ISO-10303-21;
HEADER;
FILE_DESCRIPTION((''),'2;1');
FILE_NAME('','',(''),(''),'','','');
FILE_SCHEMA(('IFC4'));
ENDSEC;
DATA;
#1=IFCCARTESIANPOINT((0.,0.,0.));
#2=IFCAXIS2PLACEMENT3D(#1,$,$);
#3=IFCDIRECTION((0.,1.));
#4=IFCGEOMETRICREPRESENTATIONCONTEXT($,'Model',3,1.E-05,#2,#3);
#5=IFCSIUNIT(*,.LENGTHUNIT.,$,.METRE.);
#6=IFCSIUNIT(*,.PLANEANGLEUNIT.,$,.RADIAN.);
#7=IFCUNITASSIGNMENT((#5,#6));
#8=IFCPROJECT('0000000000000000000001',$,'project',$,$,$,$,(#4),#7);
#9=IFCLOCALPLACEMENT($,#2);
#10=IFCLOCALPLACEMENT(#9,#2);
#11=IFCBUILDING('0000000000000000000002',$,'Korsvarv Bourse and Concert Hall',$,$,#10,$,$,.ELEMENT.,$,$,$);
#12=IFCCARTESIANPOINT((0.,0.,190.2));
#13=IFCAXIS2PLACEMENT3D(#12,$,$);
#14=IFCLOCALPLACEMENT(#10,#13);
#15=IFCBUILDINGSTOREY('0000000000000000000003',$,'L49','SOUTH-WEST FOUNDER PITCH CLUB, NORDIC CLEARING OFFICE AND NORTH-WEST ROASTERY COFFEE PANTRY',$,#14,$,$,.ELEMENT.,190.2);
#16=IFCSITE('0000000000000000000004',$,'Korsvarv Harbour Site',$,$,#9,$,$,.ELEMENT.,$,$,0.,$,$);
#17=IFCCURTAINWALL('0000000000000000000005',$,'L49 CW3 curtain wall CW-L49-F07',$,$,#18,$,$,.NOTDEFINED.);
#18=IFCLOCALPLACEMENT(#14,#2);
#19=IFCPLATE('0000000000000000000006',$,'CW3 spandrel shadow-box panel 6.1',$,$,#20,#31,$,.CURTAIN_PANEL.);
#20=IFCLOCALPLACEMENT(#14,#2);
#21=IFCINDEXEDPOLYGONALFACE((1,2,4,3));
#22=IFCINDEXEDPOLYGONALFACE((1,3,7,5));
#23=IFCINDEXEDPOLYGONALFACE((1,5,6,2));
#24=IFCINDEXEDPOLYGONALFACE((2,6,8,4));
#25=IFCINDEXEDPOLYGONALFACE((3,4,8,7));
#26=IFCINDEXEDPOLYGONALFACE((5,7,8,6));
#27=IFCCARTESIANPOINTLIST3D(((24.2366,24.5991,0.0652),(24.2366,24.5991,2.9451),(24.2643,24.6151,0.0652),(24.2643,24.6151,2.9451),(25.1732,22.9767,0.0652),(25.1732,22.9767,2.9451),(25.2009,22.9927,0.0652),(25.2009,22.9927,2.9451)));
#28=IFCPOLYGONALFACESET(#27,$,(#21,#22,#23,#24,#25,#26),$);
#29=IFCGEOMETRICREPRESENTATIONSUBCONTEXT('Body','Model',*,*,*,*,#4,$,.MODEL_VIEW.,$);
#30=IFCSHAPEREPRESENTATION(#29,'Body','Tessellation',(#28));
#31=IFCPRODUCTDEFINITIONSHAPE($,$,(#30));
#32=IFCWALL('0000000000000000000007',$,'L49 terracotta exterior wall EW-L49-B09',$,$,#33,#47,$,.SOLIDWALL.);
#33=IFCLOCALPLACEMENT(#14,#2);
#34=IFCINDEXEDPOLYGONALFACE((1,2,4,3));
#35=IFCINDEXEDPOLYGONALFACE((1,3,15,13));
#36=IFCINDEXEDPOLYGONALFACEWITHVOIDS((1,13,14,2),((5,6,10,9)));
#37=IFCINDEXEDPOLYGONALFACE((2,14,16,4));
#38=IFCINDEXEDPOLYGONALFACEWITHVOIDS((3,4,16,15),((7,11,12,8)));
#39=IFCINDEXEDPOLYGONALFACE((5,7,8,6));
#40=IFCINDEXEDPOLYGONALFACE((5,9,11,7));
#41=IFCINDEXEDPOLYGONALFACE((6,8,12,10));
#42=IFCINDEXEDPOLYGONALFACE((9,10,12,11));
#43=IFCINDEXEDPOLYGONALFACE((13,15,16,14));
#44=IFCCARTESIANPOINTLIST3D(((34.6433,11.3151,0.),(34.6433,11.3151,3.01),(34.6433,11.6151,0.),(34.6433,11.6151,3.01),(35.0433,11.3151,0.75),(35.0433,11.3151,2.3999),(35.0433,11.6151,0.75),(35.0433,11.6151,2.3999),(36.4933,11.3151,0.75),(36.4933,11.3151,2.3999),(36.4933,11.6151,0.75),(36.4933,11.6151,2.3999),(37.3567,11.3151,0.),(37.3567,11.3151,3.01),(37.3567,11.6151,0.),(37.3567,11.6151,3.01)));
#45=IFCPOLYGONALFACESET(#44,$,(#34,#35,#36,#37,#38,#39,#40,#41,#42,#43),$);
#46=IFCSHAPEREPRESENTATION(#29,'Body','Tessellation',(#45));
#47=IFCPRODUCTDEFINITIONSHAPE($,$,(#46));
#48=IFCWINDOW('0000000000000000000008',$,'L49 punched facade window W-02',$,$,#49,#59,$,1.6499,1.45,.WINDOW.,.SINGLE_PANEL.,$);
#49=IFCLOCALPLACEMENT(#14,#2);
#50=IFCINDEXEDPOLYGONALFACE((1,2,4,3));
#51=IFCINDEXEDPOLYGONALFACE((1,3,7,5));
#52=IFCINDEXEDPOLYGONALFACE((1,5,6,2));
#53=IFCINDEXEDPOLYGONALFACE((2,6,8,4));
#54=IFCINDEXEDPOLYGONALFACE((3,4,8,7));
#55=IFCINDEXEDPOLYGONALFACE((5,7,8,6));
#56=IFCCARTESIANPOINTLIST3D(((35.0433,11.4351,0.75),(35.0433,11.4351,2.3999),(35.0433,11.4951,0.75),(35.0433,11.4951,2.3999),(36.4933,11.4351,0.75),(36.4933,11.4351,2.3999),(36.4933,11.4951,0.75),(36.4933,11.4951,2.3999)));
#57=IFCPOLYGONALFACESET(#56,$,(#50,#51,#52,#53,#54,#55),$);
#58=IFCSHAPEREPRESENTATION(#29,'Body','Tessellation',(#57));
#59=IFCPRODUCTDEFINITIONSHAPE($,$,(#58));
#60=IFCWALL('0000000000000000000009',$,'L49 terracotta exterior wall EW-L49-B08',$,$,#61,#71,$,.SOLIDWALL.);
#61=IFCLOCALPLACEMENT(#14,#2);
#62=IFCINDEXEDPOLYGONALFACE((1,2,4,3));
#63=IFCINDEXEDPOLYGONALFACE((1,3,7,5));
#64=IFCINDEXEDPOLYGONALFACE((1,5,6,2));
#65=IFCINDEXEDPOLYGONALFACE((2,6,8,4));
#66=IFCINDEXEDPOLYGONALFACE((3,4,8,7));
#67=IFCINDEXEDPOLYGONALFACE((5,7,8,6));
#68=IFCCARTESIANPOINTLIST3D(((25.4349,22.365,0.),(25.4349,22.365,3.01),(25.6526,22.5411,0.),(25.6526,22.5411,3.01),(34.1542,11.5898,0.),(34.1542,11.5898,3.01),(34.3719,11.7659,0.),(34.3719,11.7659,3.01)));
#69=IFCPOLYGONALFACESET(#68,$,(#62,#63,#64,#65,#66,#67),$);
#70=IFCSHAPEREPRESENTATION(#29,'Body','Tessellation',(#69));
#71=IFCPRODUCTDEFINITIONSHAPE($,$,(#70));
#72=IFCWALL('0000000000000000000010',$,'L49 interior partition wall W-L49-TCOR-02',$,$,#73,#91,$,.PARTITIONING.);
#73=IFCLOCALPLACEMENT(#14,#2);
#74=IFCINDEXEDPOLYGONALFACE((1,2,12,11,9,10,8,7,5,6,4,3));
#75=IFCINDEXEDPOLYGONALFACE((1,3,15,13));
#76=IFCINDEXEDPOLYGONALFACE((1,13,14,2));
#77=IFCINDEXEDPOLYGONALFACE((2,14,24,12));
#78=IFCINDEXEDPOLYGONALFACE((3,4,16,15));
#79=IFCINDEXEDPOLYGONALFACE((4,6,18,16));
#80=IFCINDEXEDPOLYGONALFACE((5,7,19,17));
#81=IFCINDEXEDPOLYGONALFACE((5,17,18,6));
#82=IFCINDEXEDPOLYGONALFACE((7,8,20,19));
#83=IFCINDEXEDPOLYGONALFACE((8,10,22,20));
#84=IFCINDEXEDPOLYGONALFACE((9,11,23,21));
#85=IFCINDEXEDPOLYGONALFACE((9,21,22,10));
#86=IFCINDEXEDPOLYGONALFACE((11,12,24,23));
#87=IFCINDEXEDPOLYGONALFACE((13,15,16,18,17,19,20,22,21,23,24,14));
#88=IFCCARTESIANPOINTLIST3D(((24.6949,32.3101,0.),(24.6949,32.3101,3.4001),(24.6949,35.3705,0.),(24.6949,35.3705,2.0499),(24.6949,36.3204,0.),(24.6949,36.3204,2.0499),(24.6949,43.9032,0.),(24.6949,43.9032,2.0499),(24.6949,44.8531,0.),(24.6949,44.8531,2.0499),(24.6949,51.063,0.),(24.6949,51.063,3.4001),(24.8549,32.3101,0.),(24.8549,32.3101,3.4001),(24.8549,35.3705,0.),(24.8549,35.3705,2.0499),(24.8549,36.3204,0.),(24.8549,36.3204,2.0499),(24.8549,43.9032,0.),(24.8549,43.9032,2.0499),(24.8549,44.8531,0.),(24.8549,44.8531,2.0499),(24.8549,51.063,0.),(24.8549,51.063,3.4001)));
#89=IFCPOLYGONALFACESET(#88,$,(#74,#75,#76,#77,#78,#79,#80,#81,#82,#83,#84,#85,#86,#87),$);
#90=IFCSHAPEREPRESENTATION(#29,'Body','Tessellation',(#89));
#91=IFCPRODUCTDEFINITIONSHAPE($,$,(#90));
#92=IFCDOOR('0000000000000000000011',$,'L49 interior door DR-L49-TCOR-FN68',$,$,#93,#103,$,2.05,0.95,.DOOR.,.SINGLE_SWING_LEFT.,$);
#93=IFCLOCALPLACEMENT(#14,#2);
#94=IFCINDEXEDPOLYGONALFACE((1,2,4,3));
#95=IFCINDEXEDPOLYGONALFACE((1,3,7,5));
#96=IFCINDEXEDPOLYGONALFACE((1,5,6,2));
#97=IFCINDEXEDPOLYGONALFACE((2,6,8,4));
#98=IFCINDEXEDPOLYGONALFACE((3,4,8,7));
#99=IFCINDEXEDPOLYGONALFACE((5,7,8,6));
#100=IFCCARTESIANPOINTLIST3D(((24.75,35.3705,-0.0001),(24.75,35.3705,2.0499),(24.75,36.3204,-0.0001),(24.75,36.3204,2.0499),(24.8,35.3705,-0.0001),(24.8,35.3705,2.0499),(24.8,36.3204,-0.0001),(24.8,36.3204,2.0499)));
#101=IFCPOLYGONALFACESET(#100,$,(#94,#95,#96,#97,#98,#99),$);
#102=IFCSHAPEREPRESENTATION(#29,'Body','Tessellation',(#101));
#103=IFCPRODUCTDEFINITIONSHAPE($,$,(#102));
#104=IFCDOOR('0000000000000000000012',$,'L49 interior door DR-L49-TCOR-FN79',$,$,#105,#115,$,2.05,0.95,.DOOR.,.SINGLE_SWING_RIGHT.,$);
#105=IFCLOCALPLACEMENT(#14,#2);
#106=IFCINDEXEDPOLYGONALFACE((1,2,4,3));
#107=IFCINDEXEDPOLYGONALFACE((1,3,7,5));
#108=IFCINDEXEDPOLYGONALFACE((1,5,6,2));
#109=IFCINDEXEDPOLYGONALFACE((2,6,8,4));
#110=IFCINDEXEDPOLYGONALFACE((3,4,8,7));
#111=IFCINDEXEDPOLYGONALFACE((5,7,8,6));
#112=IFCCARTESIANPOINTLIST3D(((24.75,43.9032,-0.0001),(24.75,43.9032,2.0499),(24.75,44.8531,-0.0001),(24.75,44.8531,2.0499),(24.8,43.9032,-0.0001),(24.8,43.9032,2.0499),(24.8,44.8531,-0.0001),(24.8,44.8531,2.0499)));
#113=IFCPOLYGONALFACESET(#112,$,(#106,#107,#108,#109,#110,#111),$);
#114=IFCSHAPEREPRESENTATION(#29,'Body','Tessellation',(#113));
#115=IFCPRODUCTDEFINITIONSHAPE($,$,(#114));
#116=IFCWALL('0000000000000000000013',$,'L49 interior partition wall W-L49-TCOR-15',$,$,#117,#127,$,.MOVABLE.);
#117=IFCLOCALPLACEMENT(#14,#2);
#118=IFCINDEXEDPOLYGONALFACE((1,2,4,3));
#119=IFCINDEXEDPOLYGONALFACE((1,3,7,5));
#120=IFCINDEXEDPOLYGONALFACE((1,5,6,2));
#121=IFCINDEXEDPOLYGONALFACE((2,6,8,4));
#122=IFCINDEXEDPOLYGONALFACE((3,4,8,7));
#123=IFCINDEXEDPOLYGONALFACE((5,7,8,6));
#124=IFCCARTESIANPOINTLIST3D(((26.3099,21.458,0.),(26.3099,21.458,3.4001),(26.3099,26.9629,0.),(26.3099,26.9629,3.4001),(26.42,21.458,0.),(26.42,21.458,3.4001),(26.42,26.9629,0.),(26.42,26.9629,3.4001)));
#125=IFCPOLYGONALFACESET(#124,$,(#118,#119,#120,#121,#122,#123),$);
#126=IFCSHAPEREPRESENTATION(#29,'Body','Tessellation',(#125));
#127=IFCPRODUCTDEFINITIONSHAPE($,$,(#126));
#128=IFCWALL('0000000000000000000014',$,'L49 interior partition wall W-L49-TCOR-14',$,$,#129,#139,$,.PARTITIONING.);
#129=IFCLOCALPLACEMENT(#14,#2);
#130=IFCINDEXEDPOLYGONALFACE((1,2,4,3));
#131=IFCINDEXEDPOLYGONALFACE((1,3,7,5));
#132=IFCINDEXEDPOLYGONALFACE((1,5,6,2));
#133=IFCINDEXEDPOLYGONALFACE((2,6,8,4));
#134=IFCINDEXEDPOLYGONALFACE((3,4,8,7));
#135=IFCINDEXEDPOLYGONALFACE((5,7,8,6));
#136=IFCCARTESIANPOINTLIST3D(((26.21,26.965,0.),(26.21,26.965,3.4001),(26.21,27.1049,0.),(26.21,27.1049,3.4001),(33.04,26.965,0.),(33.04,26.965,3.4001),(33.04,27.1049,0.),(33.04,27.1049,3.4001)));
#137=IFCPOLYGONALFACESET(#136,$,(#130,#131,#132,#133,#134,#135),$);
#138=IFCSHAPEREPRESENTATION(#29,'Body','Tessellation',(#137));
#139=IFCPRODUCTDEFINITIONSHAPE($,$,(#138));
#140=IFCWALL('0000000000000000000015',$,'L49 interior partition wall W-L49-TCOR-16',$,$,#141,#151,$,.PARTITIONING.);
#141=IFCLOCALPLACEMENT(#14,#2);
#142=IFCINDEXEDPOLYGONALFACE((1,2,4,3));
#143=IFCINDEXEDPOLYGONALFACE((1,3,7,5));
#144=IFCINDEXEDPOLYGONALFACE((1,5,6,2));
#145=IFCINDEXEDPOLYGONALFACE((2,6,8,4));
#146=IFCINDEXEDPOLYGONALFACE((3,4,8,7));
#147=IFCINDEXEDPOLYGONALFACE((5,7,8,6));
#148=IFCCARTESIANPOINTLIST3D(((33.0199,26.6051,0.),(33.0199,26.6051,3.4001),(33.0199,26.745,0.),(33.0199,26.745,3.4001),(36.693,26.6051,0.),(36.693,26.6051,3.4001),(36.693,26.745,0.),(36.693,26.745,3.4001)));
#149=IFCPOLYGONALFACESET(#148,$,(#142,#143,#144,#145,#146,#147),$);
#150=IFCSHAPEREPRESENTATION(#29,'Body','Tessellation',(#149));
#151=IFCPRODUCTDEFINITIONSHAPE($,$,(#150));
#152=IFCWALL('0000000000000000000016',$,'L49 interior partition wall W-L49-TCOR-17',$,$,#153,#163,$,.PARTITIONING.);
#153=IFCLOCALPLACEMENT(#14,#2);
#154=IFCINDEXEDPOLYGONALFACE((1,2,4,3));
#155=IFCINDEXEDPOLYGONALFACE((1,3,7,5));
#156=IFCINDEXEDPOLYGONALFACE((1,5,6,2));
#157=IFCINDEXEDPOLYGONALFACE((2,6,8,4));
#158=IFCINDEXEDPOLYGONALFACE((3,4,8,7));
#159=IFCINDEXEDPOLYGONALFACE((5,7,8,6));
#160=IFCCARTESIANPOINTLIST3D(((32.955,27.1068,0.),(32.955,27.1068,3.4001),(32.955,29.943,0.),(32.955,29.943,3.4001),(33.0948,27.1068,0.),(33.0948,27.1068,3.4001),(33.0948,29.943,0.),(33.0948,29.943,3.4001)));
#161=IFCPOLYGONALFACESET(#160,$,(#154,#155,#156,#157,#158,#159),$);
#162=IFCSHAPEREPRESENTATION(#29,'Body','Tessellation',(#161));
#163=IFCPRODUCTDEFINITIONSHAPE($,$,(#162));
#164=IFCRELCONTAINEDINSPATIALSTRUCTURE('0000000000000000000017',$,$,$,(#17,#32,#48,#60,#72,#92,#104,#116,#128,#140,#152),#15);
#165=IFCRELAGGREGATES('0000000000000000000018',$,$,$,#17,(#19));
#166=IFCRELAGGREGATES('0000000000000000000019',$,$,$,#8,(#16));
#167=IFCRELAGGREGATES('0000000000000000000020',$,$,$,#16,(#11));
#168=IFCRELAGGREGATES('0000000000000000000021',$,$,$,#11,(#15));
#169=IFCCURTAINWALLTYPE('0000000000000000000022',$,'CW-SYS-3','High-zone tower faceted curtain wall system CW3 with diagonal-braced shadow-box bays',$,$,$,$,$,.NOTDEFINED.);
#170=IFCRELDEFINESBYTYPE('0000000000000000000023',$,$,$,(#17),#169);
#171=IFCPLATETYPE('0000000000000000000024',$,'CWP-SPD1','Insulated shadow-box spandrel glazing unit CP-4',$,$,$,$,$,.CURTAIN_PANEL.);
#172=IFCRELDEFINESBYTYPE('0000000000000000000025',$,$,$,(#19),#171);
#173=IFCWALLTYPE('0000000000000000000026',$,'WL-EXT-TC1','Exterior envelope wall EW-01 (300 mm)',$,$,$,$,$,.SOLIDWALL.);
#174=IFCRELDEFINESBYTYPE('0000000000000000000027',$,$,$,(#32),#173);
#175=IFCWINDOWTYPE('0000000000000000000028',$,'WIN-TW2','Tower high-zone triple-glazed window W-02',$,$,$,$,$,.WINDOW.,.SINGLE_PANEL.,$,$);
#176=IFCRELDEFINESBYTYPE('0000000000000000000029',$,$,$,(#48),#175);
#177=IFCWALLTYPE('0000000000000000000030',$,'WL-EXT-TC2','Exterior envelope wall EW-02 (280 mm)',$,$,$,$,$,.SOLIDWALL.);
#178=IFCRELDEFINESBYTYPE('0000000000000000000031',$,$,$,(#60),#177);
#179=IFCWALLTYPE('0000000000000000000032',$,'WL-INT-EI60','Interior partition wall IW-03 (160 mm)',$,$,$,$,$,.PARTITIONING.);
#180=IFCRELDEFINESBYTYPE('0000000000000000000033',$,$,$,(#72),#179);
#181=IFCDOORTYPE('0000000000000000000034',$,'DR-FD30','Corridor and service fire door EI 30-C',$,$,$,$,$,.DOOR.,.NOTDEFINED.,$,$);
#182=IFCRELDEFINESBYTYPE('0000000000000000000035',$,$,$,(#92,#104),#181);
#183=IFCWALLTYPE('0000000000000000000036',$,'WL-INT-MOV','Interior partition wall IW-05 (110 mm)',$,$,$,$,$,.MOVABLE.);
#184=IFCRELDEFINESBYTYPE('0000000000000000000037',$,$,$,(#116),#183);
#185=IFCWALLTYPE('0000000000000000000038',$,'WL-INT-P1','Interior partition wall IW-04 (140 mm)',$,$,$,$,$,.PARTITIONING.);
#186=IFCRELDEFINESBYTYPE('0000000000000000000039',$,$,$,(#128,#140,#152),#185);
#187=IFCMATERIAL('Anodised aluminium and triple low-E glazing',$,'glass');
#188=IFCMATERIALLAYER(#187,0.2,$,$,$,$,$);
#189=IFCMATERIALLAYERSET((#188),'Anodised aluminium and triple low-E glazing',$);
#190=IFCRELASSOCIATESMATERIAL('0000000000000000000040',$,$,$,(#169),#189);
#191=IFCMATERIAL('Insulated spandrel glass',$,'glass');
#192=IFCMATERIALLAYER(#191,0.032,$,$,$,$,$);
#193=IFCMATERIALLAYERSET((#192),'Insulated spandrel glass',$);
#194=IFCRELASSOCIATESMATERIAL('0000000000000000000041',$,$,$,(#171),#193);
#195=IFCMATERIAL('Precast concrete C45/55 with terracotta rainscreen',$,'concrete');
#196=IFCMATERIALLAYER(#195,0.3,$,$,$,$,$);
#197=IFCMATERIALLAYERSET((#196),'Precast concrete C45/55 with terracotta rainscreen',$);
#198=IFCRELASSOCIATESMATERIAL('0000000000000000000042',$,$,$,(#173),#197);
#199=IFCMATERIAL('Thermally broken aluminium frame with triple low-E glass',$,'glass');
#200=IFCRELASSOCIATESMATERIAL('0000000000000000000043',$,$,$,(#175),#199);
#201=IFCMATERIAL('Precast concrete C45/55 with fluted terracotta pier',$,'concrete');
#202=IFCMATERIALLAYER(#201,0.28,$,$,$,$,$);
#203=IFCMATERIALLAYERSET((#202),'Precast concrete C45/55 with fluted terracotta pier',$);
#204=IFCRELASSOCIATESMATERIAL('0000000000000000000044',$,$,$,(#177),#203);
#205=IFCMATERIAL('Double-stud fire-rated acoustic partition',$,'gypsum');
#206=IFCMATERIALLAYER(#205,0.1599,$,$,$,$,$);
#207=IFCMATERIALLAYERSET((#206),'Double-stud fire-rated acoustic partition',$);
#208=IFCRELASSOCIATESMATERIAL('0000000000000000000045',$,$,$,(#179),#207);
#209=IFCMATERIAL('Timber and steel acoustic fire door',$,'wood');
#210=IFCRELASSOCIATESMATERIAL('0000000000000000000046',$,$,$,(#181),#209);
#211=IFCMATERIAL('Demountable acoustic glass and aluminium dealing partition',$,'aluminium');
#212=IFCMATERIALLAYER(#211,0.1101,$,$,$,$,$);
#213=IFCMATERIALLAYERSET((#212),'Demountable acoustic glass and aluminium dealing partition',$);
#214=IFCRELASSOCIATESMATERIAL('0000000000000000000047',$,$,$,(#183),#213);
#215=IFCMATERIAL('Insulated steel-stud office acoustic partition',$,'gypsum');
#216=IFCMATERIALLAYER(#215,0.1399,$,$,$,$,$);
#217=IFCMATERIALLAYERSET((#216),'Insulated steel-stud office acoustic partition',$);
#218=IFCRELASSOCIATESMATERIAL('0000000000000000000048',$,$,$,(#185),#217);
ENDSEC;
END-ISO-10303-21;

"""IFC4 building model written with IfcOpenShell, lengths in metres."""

from ifc_helpers import new_model, si_unit, direction, frame, frame_2d, origin, origin_2d, place, context, subcontext, project, spatial, rectangle, extrude, source, transform, mapped, material, layer, layer_set, type_object, element, fill, aggregate, save


model = new_model("IFC4")

# Units and contexts
model_context = context("Model", 3, precision=1e-05, world=origin(), true_north=direction((0.0, 1.0)))
body_context = subcontext(model_context, "Body", "Model", "MODEL_VIEW")
ifc_project = project(units=[si_unit("LENGTHUNIT", "METRE"), si_unit("PLANEANGLEUNIT", "RADIAN")], contexts=[model_context])

# Site, building, storey
site_placement = place(None, origin())
site = spatial("IfcSite", under=ifc_project, at=site_placement, Name="Korsvarv Harbour Site", CompositionType="ELEMENT", RefElevation=0.0)
building_placement = place(site_placement, origin())
building = spatial("IfcBuilding", under=site, at=building_placement, Name="Korsvarv Bourse and Concert Hall", CompositionType="ELEMENT")
storey_placement = place(building_placement, frame((0.0, 0.0, 190.2)))
storey = spatial("IfcBuildingStorey", under=building, at=storey_placement, Name="L49", Description="SOUTH-WEST FOUNDER PITCH CLUB, NORDIC CLEARING OFFICE AND NORTH-WEST ROASTERY COFFEE PANTRY", CompositionType="ELEMENT", Elevation=190.2)

# Curtain wall, plate
ifc_material_1 = material(Name="Anodised aluminium and triple low-E glazing", Category="glass")
ifc_layer_1 = layer(ifc_material_1, 0.2)
ifc_layer_set_1 = layer_set([ifc_layer_1], Name="Anodised aluminium and triple low-E glazing")
curtain_wall_type = type_object("IfcCurtainWallType", Name="CW-SYS-3", Description="High-zone tower faceted curtain wall system CW3 with diagonal-braced shadow-box bays", PredefinedType="NOTDEFINED", material=ifc_layer_set_1)
curtain_wall_placement = place(storey_placement, origin())
curtain_wall = element("IfcCurtainWall", 1, at=curtain_wall_placement, inside=storey, type_object=curtain_wall_type, Name="L49 CW3 curtain wall CW-L49-F07", PredefinedType="NOTDEFINED")
ifc_material_2 = material(Name="Insulated spandrel glass", Category="glass")
ifc_layer_2 = layer(ifc_material_2, 0.032)
ifc_layer_set_2 = layer_set([ifc_layer_2], Name="Insulated spandrel glass")
plate_type_1 = type_object("IfcPlateType", Name="CWP-SPD1", Description="Insulated shadow-box spandrel glazing unit CP-4", PredefinedType="CURTAIN_PANEL", material=ifc_layer_set_2)
shared_shape_1 = source(origin(), body_context, "Body", "SweptSolid", [
    extrude(rectangle(XDim=1.8733, YDim=0.032, at=origin_2d()), origin(), (0.0, 0.0, 1.0), 2.8799),
])
plate_1_placement = place(storey_placement, frame((24.7188, 23.7959, 0.0652), z_axis=(0.0, 0.0, 1.0), x_axis=(0.499993, -0.86603, 0.0)))
plate_1 = element("IfcPlate", 2, at=plate_1_placement, type_object=plate_type_1, Name="CW3 spandrel shadow-box panel 6.1", PredefinedType="CURTAIN_PANEL", context=body_context, shape_type="MappedRepresentation", body=[
    mapped(shared_shape_1, transform((0.0, 0.0, 0.0), scale=1.0)),
])
aggregate(curtain_wall, [plate_1])

# Wall, opening, window
ifc_material_3 = material(Name="Precast concrete C45/55 with terracotta rainscreen", Category="concrete")
ifc_layer_3 = layer(ifc_material_3, 0.3)
ifc_layer_set_3 = layer_set([ifc_layer_3], Name="Precast concrete C45/55 with terracotta rainscreen")
wall_type_1 = type_object("IfcWallType", Name="WL-EXT-TC1", Description="Exterior envelope wall EW-01 (300 mm)", PredefinedType="SOLIDWALL", material=ifc_layer_set_3)
wall_1_placement = place(storey_placement, frame((34.6433, 11.4651, 0.0), z_axis=(0.0, 0.0, 1.0), x_axis=(1.0, 0.0, 0.0)))
wall_1 = element("IfcWall", 3, at=wall_1_placement, inside=storey, type_object=wall_type_1, Name="L49 terracotta exterior wall EW-L49-B09", PredefinedType="SOLIDWALL", context=body_context, shape_type="SweptSolid", body=[
    extrude(rectangle(XDim=2.7134, YDim=0.3, at=frame_2d((1.3567, 0.0))), origin(), (0.0, 0.0, 1.0), 3.01),
])
opening_1_placement = place(wall_1_placement, frame((0.3999, 0.0, 0.75)))
opening_1 = element("IfcOpeningElement", 4, at=opening_1_placement, cuts=wall_1, PredefinedType="OPENING", context=body_context, shape_type="SweptSolid", body=[
    extrude(rectangle(XDim=1.45, YDim=1.6499, at=frame_2d((0.7251, 0.825))), frame((0.0, 0.1602, 0.0), z_axis=(0.0, -1.0, 0.0), x_axis=(1.0, 0.0, 0.0)), (0.0, 0.0, 1.0), 0.3201),
])
ifc_material_4 = material(Name="Thermally broken aluminium frame with triple low-E glass", Category="glass")
window_type = type_object("IfcWindowType", Name="WIN-TW2", Description="Tower high-zone triple-glazed window W-02", PartitioningType="SINGLE_PANEL", PredefinedType="WINDOW", material=ifc_material_4)
window_placement = place(opening_1_placement, origin())
window = element("IfcWindow", 5, at=window_placement, inside=storey, type_object=window_type, Name="L49 punched facade window W-02", OverallHeight=1.6499, OverallWidth=1.45, PartitioningType="SINGLE_PANEL", PredefinedType="WINDOW", context=body_context, shape_type="SweptSolid", body=[
    extrude(rectangle(XDim=1.45, YDim=1.6499, at=frame_2d((0.7251, 0.825))), frame((0.0, 0.03, 0.0), z_axis=(0.0, -1.0, 0.0), x_axis=(1.0, 0.0, 0.0)), (0.0, 0.0, 1.0), 0.0601),
])
fill(opening_1, window)

# Wall
ifc_material_5 = material(Name="Precast concrete C45/55 with fluted terracotta pier", Category="concrete")
ifc_layer_4 = layer(ifc_material_5, 0.28)
ifc_layer_set_4 = layer_set([ifc_layer_4], Name="Precast concrete C45/55 with fluted terracotta pier")
wall_type_2 = type_object("IfcWallType", Name="WL-EXT-TC2", Description="Exterior envelope wall EW-02 (280 mm)", PredefinedType="SOLIDWALL", material=ifc_layer_set_4)
wall_2_placement = place(storey_placement, frame((25.5437, 22.4531, 0.0), z_axis=(0.0, 0.0, 1.0), x_axis=(0.629046, -0.777368, 0.0)))
element("IfcWall", 6, at=wall_2_placement, inside=storey, type_object=wall_type_2, Name="L49 terracotta exterior wall EW-L49-B08", PredefinedType="SOLIDWALL", context=body_context, shape_type="SweptSolid", body=[
    extrude(rectangle(XDim=13.8611, YDim=0.28, at=frame_2d((6.9307, 0.0))), origin(), (0.0, 0.0, 1.0), 3.01),
])

# Wall, openings, doors
ifc_material_6 = material(Name="Double-stud fire-rated acoustic partition", Category="gypsum")
ifc_layer_5 = layer(ifc_material_6, 0.1599)
ifc_layer_set_5 = layer_set([ifc_layer_5], Name="Double-stud fire-rated acoustic partition")
wall_type_3 = type_object("IfcWallType", Name="WL-INT-EI60", Description="Interior partition wall IW-03 (160 mm)", PredefinedType="PARTITIONING", material=ifc_layer_set_5)
wall_3_placement = place(storey_placement, frame((24.7749, 32.3101, 0.0), z_axis=(0.0, 0.0, 1.0), x_axis=(0.0, 1.0, 0.0)))
wall_3 = element("IfcWall", 7, at=wall_3_placement, inside=storey, type_object=wall_type_3, Name="L49 interior partition wall W-L49-TCOR-02", PredefinedType="PARTITIONING", context=body_context, shape_type="SweptSolid", body=[
    extrude(rectangle(XDim=18.7529, YDim=0.1599, at=frame_2d((9.3765, 0.0))), origin(), (0.0, 0.0, 1.0), 3.4001),
])
opening_2_placement = place(wall_3_placement, frame((3.0603, 0.0, 0.0)))
opening_2 = element("IfcOpeningElement", 8, at=opening_2_placement, cuts=wall_3, PredefinedType="OPENING", context=body_context, shape_type="SweptSolid", body=[
    extrude(rectangle(XDim=0.95, YDim=2.05, at=frame_2d((0.4751, 1.0249))), frame((0.0, 0.0898, 0.0), z_axis=(0.0, -1.0, 0.0), x_axis=(1.0, 0.0, 0.0)), (0.0, 0.0, 1.0), 0.1799),
])
opening_3_placement = place(wall_3_placement, frame((11.593, 0.0, 0.0)))
opening_3 = element("IfcOpeningElement", 9, at=opening_3_placement, cuts=wall_3, PredefinedType="OPENING", context=body_context, shape_type="SweptSolid", body=[
    extrude(rectangle(XDim=0.95, YDim=2.05, at=frame_2d((0.4751, 1.0249))), frame((0.0, 0.0898, 0.0), z_axis=(0.0, -1.0, 0.0), x_axis=(1.0, 0.0, 0.0)), (0.0, 0.0, 1.0), 0.1799),
])
ifc_material_7 = material(Name="Timber and steel acoustic fire door", Category="wood")
door_type = type_object("IfcDoorType", Name="DR-FD30", Description="Corridor and service fire door EI 30-C", OperationType="NOTDEFINED", PredefinedType="DOOR", material=ifc_material_7)
door_1_placement = place(opening_2_placement, origin())
door_1 = element("IfcDoor", 10, at=door_1_placement, inside=storey, type_object=door_type, Name="L49 interior door DR-L49-TCOR-FN68", OperationType="SINGLE_SWING_LEFT", OverallHeight=2.05, OverallWidth=0.95, PredefinedType="DOOR", context=body_context, shape_type="SweptSolid", body=[
    extrude(rectangle(XDim=0.95, YDim=2.05, at=frame_2d((0.4751, 1.0249))), frame((0.0, 0.0249, 0.0), z_axis=(0.0, -1.0, 0.0), x_axis=(1.0, 0.0, 0.0)), (0.0, 0.0, 1.0), 0.05),
])
fill(opening_2, door_1)
door_2_placement = place(opening_3_placement, origin())
door_2 = element("IfcDoor", 11, at=door_2_placement, inside=storey, type_object=door_type, Name="L49 interior door DR-L49-TCOR-FN79", OperationType="SINGLE_SWING_RIGHT", OverallHeight=2.05, OverallWidth=0.95, PredefinedType="DOOR", context=body_context, shape_type="SweptSolid", body=[
    extrude(rectangle(XDim=0.95, YDim=2.05, at=frame_2d((0.4751, 1.0249))), frame((0.0, 0.0249, 0.0), z_axis=(0.0, -1.0, 0.0), x_axis=(1.0, 0.0, 0.0)), (0.0, 0.0, 1.0), 0.05),
])
fill(opening_3, door_2)

# Walls
ifc_material_8 = material(Name="Demountable acoustic glass and aluminium dealing partition", Category="aluminium")
ifc_layer_6 = layer(ifc_material_8, 0.1101)
ifc_layer_set_6 = layer_set([ifc_layer_6], Name="Demountable acoustic glass and aluminium dealing partition")
wall_type_4 = type_object("IfcWallType", Name="WL-INT-MOV", Description="Interior partition wall IW-05 (110 mm)", PredefinedType="MOVABLE", material=ifc_layer_set_6)
wall_4_placement = place(storey_placement, frame((26.365, 21.458, 0.0), z_axis=(0.0, 0.0, 1.0), x_axis=(0.0, 1.0, 0.0)))
element("IfcWall", 12, at=wall_4_placement, inside=storey, type_object=wall_type_4, Name="L49 interior partition wall W-L49-TCOR-15", PredefinedType="MOVABLE", context=body_context, shape_type="SweptSolid", body=[
    extrude(rectangle(XDim=5.5049, YDim=0.1101, at=frame_2d((2.7524, 0.0))), origin(), (0.0, 0.0, 1.0), 3.4001),
])
ifc_material_9 = material(Name="Insulated steel-stud office acoustic partition", Category="gypsum")
ifc_layer_7 = layer(ifc_material_9, 0.1399)
ifc_layer_set_7 = layer_set([ifc_layer_7], Name="Insulated steel-stud office acoustic partition")
wall_type_5 = type_object("IfcWallType", Name="WL-INT-P1", Description="Interior partition wall IW-04 (140 mm)", PredefinedType="PARTITIONING", material=ifc_layer_set_7)
wall_5_placement = place(storey_placement, frame((26.21, 27.0349, 0.0), z_axis=(0.0, 0.0, 1.0), x_axis=(1.0, 0.0, 0.0)))
element("IfcWall", 13, at=wall_5_placement, inside=storey, type_object=wall_type_5, Name="L49 interior partition wall W-L49-TCOR-14", PredefinedType="PARTITIONING", context=body_context, shape_type="SweptSolid", body=[
    extrude(rectangle(XDim=6.8301, YDim=0.1399, at=frame_2d((3.415, 0.0))), origin(), (0.0, 0.0, 1.0), 3.4001),
])
wall_6_placement = place(storey_placement, frame((33.02, 26.675, 0.0), z_axis=(0.0, 0.0, 1.0), x_axis=(1.0, 0.0, 0.0)))
element("IfcWall", 14, at=wall_6_placement, inside=storey, type_object=wall_type_5, Name="L49 interior partition wall W-L49-TCOR-16", PredefinedType="PARTITIONING", context=body_context, shape_type="SweptSolid", body=[
    extrude(rectangle(XDim=3.6731, YDim=0.1399, at=frame_2d((1.8364, 0.0))), origin(), (0.0, 0.0, 1.0), 3.4001),
])
wall_7_placement = place(storey_placement, frame((33.0249, 27.1069, 0.0), z_axis=(0.0, 0.0, 1.0), x_axis=(0.0, 1.0, 0.0)))
element("IfcWall", 15, at=wall_7_placement, inside=storey, type_object=wall_type_5, Name="L49 interior partition wall W-L49-TCOR-17", PredefinedType="PARTITIONING", context=body_context, shape_type="SweptSolid", body=[
    extrude(rectangle(XDim=2.8362, YDim=0.1399, at=frame_2d((1.418, 0.0))), origin(), (0.0, 0.0, 1.0), 3.4001),
])

save(model, "model.ifc")
